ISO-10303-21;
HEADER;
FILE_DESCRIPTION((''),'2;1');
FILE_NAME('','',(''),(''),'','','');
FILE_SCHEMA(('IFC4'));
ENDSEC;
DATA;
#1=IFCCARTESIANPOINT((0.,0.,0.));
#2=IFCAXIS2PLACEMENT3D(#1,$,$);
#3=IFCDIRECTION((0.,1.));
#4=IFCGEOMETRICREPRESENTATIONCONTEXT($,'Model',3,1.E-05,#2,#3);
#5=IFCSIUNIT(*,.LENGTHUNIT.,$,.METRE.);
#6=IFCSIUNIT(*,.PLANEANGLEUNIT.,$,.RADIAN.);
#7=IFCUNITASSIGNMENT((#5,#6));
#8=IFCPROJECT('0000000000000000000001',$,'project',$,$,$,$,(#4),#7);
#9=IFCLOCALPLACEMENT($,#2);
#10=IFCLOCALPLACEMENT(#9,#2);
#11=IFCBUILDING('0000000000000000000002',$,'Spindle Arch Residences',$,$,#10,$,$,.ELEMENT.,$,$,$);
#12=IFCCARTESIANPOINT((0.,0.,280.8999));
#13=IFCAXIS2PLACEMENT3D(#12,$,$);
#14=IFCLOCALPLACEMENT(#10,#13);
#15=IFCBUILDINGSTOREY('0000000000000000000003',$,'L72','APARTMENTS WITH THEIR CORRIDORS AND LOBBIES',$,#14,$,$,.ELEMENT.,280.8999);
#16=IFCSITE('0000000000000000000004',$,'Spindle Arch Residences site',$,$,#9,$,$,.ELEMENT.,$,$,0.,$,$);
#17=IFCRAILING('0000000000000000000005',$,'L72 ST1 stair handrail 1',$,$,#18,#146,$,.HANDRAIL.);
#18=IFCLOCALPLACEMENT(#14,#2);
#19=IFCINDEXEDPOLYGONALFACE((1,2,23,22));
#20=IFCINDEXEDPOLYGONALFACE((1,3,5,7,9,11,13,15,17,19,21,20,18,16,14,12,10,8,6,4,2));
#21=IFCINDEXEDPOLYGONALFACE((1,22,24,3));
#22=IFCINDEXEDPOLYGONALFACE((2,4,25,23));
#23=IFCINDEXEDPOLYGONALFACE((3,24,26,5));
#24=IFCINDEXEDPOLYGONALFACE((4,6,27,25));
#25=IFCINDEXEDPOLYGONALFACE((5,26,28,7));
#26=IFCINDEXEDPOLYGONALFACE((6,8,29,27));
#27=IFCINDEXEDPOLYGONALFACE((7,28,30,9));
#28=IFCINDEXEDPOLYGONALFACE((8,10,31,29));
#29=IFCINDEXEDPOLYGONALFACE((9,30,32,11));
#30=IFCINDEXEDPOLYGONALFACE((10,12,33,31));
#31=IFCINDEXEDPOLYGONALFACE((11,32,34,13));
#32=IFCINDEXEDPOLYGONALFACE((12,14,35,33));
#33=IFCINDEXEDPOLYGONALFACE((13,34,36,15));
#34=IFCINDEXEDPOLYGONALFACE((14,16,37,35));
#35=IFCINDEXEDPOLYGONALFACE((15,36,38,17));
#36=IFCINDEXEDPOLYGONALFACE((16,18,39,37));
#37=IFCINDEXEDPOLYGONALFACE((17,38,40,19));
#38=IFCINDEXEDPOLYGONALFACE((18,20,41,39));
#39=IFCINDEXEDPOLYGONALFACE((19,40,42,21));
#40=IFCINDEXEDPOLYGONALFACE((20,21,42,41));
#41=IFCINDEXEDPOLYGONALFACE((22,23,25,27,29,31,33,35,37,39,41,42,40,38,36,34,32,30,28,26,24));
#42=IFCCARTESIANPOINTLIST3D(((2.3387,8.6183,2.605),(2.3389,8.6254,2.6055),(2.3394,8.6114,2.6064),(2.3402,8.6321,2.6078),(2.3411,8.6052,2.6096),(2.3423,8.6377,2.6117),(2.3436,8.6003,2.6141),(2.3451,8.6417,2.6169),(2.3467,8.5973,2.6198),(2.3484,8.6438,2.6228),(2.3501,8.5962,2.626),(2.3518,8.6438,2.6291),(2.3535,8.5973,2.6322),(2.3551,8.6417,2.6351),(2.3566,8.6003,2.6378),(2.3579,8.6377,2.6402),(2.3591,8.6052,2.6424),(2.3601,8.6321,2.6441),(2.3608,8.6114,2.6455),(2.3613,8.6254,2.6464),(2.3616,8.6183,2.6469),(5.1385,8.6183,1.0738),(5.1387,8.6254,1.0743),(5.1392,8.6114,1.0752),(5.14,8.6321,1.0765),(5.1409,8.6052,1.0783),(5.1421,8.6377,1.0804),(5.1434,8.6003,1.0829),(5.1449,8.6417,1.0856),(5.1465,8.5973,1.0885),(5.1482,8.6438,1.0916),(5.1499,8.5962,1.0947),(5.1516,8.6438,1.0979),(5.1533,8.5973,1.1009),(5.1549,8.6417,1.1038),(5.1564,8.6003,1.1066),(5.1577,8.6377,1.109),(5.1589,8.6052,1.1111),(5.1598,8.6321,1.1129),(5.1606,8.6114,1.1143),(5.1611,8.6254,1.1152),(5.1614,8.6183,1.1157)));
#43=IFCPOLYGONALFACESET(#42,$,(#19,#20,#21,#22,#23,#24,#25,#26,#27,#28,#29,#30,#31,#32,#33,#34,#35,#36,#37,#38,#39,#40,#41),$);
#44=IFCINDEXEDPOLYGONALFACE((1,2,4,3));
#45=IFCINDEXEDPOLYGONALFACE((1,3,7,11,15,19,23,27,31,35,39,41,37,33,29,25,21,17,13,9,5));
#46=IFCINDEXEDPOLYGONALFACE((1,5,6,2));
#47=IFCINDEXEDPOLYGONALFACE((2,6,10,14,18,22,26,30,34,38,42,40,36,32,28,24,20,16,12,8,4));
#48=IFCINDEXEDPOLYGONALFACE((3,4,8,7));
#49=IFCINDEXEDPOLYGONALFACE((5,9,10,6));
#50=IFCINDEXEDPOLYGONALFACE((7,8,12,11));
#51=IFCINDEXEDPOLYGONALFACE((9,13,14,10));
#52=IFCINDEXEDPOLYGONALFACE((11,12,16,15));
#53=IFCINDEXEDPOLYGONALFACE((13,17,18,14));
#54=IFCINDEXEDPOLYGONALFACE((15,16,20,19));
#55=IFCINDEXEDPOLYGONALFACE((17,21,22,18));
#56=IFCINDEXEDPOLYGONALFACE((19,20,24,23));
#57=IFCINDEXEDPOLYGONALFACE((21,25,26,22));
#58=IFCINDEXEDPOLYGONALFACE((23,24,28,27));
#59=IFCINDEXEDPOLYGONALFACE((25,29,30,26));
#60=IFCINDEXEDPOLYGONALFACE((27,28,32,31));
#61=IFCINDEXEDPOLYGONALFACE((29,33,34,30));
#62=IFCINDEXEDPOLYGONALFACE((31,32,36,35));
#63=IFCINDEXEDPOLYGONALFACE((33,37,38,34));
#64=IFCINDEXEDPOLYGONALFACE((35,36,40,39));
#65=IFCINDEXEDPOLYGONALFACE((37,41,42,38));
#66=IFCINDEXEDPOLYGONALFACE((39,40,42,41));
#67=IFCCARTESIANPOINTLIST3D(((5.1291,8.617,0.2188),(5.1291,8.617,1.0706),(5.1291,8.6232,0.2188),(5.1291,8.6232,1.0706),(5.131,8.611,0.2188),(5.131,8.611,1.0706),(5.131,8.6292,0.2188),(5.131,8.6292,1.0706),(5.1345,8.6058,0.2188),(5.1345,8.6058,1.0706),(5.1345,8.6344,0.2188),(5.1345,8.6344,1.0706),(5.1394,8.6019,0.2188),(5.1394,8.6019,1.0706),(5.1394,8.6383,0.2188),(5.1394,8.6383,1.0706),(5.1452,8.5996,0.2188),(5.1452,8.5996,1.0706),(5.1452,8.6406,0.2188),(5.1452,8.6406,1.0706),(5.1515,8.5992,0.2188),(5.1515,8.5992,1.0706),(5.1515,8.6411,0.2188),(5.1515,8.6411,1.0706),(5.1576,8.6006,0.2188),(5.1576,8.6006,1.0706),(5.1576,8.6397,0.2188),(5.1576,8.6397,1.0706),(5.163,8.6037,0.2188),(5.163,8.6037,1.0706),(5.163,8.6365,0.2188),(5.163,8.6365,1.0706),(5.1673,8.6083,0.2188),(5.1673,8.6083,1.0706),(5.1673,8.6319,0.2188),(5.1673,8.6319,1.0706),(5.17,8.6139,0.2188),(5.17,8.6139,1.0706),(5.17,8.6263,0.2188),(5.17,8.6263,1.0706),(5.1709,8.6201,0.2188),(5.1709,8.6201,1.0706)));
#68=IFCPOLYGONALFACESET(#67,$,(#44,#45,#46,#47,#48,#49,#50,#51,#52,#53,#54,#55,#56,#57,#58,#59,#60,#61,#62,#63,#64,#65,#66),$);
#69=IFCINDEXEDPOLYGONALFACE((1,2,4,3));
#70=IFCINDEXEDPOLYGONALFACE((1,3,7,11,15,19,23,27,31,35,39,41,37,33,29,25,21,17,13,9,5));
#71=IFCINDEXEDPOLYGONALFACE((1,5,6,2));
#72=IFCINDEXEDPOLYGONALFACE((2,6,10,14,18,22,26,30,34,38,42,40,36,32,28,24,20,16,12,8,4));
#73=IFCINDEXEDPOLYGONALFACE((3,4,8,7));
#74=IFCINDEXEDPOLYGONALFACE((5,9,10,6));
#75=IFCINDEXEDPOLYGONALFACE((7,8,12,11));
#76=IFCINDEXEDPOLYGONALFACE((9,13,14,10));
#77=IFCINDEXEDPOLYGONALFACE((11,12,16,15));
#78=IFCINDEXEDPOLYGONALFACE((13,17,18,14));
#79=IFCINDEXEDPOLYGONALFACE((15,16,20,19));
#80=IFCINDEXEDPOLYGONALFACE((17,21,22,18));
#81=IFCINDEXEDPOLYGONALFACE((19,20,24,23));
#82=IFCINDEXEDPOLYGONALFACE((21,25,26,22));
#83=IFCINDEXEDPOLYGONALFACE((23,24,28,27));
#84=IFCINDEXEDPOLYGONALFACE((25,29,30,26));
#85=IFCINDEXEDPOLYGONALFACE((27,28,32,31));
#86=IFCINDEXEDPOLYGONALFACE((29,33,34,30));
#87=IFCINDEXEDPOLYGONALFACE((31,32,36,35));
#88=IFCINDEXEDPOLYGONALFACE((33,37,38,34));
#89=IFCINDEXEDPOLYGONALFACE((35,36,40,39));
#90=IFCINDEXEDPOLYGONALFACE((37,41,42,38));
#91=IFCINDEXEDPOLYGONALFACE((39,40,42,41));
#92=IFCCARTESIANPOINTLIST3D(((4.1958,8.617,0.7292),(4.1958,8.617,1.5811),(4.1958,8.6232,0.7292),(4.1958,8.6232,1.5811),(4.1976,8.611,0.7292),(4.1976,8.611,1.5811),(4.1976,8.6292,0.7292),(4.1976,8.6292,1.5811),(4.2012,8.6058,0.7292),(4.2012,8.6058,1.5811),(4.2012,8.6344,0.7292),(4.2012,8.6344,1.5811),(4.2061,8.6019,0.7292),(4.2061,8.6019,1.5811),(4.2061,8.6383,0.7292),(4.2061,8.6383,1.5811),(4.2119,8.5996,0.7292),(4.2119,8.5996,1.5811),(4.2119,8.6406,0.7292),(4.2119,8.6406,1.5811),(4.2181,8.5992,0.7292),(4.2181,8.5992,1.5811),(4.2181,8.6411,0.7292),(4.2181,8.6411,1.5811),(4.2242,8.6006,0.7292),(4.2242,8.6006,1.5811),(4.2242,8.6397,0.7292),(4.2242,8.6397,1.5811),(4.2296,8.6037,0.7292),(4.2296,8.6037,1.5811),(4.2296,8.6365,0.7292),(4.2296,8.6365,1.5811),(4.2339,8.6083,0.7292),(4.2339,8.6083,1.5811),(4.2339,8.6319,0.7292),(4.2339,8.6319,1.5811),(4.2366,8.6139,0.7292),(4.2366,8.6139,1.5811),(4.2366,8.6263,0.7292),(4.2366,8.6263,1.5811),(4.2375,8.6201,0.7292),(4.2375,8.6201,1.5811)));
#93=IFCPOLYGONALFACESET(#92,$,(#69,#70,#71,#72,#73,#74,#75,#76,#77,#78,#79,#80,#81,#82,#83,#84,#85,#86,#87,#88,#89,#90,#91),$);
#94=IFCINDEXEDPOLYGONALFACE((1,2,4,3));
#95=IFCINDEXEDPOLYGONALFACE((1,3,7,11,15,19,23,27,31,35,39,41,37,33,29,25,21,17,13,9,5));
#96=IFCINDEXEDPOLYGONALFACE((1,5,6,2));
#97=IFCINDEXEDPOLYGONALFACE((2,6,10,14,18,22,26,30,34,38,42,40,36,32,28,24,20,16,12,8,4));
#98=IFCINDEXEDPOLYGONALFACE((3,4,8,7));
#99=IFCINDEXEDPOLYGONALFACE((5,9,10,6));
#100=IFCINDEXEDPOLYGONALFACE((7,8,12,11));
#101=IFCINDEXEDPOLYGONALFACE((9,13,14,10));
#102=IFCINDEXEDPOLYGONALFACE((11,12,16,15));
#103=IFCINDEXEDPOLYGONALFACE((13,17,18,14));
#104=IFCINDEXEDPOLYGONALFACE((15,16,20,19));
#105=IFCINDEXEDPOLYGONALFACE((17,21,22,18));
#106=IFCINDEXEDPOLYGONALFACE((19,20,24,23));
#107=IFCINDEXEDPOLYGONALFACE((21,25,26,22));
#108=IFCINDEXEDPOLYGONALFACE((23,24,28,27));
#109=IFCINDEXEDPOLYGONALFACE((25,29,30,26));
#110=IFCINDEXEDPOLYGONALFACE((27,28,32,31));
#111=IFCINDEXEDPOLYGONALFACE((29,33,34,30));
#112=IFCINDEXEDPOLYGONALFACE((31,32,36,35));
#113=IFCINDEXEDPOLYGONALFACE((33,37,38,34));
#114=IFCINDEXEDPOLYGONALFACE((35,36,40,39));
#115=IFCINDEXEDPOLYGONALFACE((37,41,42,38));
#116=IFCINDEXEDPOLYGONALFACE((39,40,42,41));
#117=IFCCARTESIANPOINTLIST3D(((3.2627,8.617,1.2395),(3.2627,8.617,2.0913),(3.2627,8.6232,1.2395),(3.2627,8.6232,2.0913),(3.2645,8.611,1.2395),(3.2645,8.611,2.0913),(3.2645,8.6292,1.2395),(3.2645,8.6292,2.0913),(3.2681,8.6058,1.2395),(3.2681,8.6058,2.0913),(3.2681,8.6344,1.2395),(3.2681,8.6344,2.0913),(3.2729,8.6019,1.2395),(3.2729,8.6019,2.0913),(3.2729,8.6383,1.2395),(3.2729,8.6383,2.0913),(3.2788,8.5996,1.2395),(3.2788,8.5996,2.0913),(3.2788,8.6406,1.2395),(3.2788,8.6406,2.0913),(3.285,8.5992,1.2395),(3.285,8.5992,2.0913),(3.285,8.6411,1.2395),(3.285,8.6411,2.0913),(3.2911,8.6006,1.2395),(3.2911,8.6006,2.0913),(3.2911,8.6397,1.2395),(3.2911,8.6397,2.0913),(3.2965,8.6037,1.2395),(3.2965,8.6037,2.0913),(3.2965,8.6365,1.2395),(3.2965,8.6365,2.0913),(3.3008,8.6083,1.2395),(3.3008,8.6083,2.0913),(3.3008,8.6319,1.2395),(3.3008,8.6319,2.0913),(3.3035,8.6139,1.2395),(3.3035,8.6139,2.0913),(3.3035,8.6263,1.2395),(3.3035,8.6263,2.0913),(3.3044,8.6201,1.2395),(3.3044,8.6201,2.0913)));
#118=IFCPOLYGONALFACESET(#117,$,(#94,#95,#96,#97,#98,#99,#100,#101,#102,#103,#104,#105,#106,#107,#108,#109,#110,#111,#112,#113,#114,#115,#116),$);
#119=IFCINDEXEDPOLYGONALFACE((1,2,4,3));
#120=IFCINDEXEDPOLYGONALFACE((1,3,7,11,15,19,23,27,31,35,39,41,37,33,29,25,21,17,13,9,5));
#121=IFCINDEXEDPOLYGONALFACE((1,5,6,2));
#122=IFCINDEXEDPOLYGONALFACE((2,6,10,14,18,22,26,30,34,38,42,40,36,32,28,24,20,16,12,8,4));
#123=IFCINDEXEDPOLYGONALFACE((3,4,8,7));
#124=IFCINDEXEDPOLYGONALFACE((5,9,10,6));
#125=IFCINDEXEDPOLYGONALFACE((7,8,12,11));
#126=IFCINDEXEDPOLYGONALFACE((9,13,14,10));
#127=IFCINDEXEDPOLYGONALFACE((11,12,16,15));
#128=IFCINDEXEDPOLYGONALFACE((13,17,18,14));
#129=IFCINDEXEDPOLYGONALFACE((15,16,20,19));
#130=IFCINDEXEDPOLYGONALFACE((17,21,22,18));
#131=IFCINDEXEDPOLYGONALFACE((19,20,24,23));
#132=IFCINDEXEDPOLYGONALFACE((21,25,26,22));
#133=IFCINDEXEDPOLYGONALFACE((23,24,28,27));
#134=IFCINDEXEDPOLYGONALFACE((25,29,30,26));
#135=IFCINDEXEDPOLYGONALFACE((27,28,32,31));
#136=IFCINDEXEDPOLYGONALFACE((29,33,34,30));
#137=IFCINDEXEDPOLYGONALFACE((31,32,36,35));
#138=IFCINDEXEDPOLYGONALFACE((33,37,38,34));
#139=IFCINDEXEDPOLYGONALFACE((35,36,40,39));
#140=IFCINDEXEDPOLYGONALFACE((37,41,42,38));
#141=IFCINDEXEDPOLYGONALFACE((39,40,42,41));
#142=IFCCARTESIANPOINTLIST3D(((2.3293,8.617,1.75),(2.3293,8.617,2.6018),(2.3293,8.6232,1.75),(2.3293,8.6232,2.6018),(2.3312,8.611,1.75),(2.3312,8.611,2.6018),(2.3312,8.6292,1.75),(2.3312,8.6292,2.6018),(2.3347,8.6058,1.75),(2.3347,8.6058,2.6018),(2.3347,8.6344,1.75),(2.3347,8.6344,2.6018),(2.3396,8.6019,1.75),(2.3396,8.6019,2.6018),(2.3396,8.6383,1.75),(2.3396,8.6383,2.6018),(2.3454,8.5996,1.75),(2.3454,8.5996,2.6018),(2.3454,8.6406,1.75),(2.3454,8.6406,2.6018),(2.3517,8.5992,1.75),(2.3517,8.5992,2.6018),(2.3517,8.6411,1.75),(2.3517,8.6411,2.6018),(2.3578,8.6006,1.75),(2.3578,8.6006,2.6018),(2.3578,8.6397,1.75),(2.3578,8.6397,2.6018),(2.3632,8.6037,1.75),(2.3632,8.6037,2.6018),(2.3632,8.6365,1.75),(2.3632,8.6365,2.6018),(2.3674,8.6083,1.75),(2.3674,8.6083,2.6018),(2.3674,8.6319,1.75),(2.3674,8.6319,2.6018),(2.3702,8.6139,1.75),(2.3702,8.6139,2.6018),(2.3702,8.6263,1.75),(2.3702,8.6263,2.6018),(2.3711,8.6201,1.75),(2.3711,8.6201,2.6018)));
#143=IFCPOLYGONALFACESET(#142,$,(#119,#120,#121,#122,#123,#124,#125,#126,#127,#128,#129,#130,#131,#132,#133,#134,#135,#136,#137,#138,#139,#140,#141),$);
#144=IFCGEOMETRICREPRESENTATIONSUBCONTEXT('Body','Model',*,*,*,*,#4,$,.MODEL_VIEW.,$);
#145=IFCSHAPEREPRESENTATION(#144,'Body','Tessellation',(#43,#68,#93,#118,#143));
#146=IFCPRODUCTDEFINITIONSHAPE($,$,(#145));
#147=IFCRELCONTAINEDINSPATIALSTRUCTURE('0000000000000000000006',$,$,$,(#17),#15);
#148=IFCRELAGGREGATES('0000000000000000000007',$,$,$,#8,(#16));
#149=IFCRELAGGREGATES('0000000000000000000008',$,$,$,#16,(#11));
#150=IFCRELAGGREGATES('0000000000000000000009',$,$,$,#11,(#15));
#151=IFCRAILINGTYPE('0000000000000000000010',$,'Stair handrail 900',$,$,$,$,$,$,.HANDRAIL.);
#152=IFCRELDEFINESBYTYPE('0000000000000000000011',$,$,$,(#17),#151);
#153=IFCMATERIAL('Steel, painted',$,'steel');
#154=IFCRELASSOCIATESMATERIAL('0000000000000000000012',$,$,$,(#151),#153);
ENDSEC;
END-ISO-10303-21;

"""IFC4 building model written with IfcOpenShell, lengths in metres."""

from ifc_helpers import new_model, si_unit, direction, frame, origin, origin_2d, place, context, subcontext, project, spatial, circle, extrude, material, type_object, element, save


model = new_model("IFC4")

# Units and contexts
model_context = context("Model", 3, precision=1e-05, world=origin(), true_north=direction((0.0, 1.0)))
body_context = subcontext(model_context, "Body", "Model", "MODEL_VIEW")
ifc_project = project(units=[si_unit("LENGTHUNIT", "METRE"), si_unit("PLANEANGLEUNIT", "RADIAN")], contexts=[model_context])

# Site, building, storey
site_placement = place(None, origin())
site = spatial("IfcSite", under=ifc_project, at=site_placement, Name="Spindle Arch Residences site", CompositionType="ELEMENT", RefElevation=0.0)
building_placement = place(site_placement, origin())
building = spatial("IfcBuilding", under=site, at=building_placement, Name="Spindle Arch Residences", CompositionType="ELEMENT")
storey_placement = place(building_placement, frame((0.0, 0.0, 280.8999)))
storey = spatial("IfcBuildingStorey", under=building, at=storey_placement, Name="L72", Description="APARTMENTS WITH THEIR CORRIDORS AND LOBBIES", CompositionType="ELEMENT", Elevation=280.8999)

# Railing
ifc_material_1 = material(Name="Steel, painted", Category="steel")
railing_type_1 = type_object("IfcRailingType", Name="Stair handrail 900", PredefinedType="HANDRAIL", material=ifc_material_1)
railing_1_placement = place(storey_placement, frame((5.1499, 8.6201, 0.2188)))
element("IfcRailing", 1, at=railing_1_placement, inside=storey, type_object=railing_type_1, Name="L72 ST1 stair handrail 1", PredefinedType="HANDRAIL", context=body_context, shape_type="SweptSolid", body=[
    extrude(circle(Radius=0.0239, at=origin_2d()), frame((0.0, 0.0, 0.876), z_axis=(-0.877357, 0.0, 0.479838), x_axis=(0.0, -1.0, 0.0)), (0.0, 0.0, 1.0), 3.1912),
    extrude(circle(Radius=0.021, at=origin_2d()), origin(), (0.0, 0.0, 1.0), 0.8518),
    extrude(circle(Radius=0.021, at=origin_2d()), frame((-0.9333, 0.0, 0.5105)), (0.0, 0.0, 1.0), 0.8518),
    extrude(circle(Radius=0.021, at=origin_2d()), frame((-1.8665, 0.0, 1.0208)), (0.0, 0.0, 1.0), 0.8518),
    extrude(circle(Radius=0.021, at=origin_2d()), frame((-2.7998, 0.0, 1.5312)), (0.0, 0.0, 1.0), 0.8518),
])

save(model, "model.ifc")
